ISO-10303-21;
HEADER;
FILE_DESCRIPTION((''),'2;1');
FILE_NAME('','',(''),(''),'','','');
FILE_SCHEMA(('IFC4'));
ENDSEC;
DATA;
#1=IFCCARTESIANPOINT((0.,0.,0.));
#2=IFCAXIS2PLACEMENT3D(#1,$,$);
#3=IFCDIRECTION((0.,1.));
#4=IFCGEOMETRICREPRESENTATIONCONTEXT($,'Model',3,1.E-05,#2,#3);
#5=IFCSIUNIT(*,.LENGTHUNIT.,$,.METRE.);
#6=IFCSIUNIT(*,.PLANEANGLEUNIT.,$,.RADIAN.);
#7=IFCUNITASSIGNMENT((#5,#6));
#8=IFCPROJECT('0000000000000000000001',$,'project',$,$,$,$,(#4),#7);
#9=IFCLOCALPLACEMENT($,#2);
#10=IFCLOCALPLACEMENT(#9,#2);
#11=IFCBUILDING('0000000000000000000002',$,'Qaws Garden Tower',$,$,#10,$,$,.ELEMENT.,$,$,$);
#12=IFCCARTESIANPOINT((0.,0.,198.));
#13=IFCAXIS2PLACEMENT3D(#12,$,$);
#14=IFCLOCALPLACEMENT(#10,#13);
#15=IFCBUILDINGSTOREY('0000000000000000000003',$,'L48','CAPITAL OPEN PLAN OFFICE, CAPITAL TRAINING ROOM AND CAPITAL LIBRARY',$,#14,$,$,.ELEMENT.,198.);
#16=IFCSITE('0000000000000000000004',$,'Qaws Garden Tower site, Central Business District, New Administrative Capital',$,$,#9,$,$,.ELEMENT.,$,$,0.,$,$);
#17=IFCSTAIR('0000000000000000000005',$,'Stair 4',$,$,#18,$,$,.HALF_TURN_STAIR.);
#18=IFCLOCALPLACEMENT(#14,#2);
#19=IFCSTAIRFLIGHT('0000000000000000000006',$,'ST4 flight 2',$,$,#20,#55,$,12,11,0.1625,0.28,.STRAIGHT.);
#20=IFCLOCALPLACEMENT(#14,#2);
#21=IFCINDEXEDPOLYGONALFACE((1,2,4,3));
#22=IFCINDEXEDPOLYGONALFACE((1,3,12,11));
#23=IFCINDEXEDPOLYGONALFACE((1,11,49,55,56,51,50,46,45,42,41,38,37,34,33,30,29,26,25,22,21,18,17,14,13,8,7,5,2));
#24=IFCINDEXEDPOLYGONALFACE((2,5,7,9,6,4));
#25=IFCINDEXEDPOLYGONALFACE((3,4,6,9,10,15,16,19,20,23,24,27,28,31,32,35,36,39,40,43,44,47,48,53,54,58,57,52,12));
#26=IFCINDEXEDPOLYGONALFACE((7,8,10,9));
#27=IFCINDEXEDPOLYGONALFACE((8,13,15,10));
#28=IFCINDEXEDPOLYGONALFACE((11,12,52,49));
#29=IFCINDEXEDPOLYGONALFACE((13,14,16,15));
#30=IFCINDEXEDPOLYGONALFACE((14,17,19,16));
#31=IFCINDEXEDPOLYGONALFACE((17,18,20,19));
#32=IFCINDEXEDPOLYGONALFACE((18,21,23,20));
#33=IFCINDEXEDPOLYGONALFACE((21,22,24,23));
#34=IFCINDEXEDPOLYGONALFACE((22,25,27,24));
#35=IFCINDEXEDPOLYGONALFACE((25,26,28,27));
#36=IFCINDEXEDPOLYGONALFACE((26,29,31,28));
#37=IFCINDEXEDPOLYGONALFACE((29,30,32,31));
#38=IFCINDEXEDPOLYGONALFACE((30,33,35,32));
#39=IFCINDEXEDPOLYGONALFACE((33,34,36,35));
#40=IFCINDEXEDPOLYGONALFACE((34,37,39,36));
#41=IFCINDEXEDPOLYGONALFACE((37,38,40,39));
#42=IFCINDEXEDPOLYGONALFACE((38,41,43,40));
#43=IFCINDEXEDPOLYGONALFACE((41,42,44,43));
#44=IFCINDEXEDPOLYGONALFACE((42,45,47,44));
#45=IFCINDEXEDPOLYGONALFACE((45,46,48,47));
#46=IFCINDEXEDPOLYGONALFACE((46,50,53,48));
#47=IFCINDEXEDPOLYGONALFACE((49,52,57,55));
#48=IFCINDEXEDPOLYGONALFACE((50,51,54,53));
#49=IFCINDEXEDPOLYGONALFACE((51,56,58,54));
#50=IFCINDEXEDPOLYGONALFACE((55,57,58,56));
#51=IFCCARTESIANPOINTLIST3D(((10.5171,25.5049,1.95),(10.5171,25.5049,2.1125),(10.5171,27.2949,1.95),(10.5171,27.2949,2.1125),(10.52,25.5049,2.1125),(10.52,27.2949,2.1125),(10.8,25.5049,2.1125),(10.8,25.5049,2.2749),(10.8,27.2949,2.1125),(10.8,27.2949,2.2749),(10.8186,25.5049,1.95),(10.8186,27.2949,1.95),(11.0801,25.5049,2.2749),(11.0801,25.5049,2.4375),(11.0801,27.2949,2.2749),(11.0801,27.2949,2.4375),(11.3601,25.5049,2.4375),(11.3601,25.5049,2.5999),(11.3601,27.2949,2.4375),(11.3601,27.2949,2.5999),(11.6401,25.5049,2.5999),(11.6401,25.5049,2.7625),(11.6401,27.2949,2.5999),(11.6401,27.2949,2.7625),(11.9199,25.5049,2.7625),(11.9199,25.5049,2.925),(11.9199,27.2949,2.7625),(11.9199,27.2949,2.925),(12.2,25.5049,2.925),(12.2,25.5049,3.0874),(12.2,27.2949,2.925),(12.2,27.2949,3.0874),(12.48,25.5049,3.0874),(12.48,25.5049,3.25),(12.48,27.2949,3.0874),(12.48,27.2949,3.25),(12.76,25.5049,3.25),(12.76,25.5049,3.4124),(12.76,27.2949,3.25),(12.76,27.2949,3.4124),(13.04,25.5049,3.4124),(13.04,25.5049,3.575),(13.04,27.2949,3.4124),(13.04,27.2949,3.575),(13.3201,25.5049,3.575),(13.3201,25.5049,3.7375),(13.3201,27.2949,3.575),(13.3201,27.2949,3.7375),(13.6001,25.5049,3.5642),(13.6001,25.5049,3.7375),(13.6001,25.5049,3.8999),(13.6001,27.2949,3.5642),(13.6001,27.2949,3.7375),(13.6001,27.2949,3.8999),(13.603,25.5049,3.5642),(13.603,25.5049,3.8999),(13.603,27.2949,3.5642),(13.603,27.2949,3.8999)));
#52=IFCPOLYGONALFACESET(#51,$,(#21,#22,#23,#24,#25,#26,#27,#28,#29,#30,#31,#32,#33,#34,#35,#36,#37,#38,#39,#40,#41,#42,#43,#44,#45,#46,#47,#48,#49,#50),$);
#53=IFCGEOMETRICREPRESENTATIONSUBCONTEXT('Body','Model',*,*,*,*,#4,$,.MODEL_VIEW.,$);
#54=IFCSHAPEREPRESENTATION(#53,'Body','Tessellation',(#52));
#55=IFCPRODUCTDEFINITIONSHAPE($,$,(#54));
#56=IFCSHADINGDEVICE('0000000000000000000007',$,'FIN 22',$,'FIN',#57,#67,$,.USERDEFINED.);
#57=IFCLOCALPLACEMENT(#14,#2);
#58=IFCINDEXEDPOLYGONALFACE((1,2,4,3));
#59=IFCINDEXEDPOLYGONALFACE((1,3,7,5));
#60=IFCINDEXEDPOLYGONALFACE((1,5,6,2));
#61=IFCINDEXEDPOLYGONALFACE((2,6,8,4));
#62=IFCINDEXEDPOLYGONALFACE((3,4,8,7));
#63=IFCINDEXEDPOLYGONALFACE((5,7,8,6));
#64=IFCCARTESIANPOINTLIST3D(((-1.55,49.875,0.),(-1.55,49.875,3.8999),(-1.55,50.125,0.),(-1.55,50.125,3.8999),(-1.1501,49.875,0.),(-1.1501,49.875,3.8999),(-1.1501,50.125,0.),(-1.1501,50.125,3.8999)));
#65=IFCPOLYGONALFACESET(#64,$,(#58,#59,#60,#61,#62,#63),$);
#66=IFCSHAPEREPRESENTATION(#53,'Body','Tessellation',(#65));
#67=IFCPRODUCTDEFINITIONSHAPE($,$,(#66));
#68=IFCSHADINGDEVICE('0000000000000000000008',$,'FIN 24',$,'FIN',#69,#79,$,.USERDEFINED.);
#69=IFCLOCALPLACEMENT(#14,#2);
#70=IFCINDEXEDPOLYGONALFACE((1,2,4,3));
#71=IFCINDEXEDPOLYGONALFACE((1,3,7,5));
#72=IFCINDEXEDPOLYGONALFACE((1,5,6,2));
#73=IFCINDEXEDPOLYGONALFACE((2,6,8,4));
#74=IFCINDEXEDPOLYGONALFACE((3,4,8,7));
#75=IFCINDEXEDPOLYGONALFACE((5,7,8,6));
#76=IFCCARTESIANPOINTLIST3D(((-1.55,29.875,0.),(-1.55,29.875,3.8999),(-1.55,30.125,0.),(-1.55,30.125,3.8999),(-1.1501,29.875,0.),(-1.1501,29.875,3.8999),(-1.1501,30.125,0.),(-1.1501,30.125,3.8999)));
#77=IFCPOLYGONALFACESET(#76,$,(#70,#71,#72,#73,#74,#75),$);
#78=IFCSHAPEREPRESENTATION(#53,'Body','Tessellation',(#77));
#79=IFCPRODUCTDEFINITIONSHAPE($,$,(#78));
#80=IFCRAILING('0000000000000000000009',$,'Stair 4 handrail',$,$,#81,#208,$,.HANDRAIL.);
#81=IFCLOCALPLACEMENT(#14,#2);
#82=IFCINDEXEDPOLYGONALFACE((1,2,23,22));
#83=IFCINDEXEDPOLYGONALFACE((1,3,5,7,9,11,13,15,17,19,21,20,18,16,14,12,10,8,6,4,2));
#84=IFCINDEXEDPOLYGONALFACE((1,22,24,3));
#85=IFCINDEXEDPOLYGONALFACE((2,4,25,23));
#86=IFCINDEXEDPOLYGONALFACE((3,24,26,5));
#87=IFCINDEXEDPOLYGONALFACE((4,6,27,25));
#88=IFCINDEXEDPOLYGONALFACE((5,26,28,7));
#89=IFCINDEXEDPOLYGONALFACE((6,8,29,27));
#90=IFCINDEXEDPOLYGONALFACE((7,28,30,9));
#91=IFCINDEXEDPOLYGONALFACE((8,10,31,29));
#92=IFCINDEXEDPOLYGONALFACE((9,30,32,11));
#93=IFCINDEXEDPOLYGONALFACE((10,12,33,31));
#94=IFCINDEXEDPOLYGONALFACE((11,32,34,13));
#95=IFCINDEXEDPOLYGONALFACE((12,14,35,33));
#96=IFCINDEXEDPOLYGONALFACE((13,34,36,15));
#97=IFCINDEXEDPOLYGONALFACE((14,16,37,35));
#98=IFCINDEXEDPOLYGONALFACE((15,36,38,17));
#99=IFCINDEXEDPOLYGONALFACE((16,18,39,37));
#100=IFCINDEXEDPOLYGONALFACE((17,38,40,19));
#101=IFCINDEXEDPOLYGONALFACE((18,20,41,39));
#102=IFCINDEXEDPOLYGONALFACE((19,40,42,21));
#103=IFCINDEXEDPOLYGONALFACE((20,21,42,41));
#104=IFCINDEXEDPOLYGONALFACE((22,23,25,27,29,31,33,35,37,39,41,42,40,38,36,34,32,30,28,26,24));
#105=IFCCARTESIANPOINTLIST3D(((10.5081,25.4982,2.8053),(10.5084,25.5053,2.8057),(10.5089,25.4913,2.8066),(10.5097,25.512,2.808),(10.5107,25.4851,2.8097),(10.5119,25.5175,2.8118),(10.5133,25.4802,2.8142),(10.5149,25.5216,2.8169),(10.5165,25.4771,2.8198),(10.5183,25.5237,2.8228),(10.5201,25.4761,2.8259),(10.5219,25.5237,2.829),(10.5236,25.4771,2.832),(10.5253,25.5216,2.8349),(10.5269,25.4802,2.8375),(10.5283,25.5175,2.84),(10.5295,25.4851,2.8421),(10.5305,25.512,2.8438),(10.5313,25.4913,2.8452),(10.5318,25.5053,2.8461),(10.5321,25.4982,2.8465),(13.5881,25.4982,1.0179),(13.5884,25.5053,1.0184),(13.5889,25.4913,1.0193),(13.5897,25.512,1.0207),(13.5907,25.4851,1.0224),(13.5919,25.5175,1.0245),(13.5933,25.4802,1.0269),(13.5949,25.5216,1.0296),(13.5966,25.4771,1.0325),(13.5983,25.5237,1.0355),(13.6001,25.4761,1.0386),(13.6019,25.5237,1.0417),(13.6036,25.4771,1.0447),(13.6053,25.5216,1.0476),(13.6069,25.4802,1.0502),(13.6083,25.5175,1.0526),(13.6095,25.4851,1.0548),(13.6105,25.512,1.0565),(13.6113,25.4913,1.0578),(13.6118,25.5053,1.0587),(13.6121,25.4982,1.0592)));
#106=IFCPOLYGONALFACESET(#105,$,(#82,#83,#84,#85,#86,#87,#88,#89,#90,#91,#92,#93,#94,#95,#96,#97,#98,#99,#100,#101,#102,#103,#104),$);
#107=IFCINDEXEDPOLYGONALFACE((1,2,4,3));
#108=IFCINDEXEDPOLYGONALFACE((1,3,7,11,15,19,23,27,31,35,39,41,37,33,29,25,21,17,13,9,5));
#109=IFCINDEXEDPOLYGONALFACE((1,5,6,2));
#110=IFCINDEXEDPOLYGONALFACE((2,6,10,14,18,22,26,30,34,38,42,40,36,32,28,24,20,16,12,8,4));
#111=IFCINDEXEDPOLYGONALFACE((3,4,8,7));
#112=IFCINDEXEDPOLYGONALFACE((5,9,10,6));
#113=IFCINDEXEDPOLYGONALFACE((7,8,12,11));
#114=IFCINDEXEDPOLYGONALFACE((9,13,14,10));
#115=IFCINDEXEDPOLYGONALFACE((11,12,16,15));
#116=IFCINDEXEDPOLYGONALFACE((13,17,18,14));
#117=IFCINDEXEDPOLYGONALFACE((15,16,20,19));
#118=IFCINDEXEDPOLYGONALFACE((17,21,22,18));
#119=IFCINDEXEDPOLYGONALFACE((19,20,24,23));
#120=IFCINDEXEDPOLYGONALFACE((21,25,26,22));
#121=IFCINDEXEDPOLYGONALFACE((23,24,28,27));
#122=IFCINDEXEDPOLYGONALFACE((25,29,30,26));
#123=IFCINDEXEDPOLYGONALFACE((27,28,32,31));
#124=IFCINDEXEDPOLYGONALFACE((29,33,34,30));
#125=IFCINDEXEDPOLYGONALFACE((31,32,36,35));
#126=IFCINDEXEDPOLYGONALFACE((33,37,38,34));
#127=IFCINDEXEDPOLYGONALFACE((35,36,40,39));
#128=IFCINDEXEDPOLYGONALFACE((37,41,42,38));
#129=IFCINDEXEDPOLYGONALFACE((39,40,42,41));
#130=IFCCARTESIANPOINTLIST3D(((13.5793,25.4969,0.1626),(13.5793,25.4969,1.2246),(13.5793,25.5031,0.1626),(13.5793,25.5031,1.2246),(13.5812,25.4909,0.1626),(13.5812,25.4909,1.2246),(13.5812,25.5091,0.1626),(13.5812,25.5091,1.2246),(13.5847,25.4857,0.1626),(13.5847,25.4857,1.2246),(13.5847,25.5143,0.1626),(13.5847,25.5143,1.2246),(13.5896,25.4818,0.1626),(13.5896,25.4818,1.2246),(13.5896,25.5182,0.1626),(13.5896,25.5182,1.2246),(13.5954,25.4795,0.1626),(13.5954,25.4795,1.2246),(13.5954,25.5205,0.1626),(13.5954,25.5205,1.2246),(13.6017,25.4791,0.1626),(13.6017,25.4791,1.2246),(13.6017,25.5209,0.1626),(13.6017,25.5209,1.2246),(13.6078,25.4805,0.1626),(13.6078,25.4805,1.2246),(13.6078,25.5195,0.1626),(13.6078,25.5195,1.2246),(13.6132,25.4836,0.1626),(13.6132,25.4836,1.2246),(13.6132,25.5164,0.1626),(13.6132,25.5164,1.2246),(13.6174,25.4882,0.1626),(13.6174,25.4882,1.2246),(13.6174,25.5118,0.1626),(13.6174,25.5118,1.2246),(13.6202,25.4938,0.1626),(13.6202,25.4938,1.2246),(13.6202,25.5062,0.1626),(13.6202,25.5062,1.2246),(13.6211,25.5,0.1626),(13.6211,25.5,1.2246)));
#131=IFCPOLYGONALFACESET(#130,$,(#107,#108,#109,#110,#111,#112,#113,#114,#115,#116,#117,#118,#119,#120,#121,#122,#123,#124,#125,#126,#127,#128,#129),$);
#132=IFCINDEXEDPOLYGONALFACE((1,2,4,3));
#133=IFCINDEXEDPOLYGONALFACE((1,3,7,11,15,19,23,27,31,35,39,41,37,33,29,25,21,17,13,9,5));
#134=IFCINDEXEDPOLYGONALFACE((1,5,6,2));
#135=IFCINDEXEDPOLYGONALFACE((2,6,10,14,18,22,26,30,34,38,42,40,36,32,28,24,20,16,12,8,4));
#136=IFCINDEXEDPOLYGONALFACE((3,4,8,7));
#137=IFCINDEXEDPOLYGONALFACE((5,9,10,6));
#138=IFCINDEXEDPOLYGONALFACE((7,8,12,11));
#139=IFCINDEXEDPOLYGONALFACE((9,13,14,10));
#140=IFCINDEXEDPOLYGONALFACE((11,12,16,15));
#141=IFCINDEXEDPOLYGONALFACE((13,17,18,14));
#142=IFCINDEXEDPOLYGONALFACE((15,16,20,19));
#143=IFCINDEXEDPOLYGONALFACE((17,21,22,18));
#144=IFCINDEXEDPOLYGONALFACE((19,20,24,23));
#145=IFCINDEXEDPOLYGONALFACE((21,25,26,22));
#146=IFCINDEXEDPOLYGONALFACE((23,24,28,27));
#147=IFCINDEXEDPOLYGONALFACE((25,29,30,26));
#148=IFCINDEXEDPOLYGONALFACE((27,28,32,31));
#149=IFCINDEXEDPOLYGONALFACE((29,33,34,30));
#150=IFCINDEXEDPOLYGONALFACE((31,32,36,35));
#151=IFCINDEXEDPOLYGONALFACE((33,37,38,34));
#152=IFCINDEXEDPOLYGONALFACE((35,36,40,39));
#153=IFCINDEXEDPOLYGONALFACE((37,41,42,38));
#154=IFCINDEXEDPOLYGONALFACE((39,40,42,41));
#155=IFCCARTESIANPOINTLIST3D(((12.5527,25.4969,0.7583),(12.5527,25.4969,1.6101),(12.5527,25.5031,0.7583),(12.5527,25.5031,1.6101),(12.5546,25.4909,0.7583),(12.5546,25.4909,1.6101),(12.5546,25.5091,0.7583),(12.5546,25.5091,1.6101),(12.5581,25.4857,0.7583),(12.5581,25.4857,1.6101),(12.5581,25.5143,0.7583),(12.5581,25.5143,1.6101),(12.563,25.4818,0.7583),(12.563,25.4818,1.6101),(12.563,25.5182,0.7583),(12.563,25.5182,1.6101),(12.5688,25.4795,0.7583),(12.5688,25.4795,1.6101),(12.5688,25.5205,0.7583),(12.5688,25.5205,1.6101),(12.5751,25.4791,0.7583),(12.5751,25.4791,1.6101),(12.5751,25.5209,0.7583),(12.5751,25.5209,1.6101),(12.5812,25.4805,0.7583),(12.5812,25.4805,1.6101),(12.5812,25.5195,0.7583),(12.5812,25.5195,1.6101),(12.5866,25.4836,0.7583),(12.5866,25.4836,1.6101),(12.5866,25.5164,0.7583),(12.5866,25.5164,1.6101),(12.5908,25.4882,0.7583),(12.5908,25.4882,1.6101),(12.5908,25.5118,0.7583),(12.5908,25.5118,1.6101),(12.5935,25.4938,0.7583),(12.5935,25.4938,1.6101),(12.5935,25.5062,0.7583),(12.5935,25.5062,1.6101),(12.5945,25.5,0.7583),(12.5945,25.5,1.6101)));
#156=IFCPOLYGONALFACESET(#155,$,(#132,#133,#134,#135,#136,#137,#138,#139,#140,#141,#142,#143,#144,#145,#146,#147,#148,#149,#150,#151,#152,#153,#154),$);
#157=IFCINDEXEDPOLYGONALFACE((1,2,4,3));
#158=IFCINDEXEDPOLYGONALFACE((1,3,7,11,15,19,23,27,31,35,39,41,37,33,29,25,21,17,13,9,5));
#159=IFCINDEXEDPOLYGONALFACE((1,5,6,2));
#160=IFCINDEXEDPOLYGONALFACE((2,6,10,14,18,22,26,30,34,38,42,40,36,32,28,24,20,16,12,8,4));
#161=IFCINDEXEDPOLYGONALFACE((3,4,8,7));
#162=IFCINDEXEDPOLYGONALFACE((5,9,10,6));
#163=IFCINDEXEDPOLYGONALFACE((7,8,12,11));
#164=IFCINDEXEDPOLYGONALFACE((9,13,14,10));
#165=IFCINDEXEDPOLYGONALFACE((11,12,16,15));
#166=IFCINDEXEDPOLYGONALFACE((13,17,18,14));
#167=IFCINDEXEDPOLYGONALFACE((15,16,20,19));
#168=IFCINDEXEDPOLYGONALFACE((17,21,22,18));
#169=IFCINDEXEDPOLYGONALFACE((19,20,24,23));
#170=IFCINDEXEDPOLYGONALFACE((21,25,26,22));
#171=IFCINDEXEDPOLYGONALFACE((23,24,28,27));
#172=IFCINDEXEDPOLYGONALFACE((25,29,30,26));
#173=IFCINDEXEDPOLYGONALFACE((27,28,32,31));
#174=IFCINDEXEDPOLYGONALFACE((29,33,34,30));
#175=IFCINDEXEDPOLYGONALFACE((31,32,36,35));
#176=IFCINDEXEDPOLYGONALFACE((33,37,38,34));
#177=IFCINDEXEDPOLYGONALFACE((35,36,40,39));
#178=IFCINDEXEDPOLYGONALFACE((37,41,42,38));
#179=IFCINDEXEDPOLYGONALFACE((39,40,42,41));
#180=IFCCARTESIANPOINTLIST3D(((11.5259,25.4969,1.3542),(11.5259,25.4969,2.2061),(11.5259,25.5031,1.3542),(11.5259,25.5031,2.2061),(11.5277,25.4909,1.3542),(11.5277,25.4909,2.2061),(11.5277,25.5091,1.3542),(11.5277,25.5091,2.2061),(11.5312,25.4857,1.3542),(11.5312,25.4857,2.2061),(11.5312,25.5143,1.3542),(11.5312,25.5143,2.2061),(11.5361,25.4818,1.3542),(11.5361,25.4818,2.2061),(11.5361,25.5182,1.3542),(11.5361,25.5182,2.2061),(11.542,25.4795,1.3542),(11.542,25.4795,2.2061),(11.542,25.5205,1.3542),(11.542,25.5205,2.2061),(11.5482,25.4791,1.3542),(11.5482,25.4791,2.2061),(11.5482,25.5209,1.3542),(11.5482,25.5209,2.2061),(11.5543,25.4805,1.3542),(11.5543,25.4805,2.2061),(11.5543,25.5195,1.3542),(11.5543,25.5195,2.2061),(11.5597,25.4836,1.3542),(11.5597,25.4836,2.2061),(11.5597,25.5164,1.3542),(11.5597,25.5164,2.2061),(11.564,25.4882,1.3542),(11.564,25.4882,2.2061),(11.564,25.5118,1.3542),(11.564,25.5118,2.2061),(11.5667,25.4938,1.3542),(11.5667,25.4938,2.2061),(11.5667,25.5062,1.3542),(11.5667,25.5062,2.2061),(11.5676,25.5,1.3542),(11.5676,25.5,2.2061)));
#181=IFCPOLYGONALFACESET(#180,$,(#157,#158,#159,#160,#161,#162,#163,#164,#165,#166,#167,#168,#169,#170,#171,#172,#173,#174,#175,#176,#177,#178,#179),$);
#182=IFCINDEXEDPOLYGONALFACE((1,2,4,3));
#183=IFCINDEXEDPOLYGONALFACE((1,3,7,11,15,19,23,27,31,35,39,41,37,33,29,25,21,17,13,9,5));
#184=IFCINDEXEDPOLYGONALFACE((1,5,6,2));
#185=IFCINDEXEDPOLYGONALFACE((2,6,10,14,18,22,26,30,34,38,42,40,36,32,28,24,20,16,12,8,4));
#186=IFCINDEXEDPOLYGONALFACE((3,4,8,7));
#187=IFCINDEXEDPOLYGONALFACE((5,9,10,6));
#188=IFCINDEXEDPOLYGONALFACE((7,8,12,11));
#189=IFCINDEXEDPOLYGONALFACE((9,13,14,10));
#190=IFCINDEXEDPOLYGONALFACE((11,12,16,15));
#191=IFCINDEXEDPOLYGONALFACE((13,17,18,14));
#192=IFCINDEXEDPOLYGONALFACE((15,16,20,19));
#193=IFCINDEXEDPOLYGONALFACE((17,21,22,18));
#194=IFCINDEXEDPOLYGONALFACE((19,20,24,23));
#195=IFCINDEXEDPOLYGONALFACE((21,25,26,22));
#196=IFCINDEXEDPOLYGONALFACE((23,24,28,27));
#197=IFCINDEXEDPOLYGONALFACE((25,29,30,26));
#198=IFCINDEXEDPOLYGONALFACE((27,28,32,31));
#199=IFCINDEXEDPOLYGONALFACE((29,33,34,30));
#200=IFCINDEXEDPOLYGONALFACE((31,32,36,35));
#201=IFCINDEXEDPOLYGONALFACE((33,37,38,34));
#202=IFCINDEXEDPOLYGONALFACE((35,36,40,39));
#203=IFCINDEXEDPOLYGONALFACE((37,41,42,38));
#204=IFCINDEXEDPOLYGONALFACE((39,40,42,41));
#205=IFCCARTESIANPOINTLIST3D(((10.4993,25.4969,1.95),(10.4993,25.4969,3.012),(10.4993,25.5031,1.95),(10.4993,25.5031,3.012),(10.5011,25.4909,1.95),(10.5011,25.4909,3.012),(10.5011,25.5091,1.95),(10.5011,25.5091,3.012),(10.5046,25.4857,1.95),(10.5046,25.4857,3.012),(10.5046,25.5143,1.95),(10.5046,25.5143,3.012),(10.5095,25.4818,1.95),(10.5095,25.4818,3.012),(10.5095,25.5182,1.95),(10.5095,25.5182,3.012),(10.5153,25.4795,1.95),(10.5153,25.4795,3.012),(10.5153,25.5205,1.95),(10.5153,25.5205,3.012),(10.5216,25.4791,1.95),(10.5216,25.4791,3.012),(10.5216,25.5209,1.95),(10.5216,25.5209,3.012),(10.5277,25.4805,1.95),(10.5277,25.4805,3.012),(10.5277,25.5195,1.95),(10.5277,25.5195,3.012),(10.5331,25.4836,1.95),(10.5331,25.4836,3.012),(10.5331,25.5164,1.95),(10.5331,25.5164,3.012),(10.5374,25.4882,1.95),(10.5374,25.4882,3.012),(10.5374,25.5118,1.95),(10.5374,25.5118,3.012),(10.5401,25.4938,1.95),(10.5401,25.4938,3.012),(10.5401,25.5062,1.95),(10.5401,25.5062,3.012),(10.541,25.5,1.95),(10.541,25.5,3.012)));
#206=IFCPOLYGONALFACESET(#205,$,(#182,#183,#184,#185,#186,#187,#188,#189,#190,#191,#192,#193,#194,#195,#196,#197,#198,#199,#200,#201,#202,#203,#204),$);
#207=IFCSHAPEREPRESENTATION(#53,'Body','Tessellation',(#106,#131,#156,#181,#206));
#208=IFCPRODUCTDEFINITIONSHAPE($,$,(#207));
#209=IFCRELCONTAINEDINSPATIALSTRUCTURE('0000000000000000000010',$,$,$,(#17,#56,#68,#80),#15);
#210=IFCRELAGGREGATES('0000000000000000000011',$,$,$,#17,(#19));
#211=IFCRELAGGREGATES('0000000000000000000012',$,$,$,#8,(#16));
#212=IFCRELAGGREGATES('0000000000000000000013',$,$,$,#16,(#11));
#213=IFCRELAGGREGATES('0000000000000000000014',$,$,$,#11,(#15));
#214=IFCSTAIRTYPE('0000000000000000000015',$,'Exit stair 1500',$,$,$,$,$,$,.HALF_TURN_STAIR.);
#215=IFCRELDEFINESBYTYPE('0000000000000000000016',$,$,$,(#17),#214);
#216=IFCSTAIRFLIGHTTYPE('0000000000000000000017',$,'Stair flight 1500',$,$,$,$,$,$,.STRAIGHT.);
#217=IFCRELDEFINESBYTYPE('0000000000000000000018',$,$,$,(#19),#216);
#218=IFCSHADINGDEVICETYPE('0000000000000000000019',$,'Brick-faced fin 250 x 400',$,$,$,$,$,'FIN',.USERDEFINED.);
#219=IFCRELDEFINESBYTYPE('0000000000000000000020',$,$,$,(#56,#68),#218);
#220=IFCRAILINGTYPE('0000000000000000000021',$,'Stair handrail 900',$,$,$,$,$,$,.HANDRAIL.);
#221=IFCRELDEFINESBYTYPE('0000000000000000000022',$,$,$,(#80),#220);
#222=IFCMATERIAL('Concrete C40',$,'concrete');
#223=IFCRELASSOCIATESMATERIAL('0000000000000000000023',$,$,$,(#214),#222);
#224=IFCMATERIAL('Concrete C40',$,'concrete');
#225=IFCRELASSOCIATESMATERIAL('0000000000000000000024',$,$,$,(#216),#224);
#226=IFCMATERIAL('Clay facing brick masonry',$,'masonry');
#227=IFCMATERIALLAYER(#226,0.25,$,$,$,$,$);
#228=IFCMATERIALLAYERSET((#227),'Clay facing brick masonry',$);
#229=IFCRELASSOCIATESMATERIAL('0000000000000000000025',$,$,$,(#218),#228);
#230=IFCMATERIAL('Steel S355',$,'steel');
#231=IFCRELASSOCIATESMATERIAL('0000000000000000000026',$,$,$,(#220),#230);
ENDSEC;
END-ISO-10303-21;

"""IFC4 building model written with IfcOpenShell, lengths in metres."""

from ifc_helpers import new_model, si_unit, direction, frame, origin, origin_2d, place, context, subcontext, project, spatial, polyline, rectangle, circle, outline, extrude, material, layer, layer_set, type_object, element, aggregate, save


model = new_model("IFC4")

# Units and contexts
model_context = context("Model", 3, precision=1e-05, world=origin(), true_north=direction((0.0, 1.0)))
body_context = subcontext(model_context, "Body", "Model", "MODEL_VIEW")
ifc_project = project(units=[si_unit("LENGTHUNIT", "METRE"), si_unit("PLANEANGLEUNIT", "RADIAN")], contexts=[model_context])

# Site, building, storey
site_placement = place(None, origin())
site = spatial("IfcSite", under=ifc_project, at=site_placement, Name="Qaws Garden Tower site, Central Business District, New Administrative Capital", CompositionType="ELEMENT", RefElevation=0.0)
building_placement = place(site_placement, origin())
building = spatial("IfcBuilding", under=site, at=building_placement, Name="Qaws Garden Tower", CompositionType="ELEMENT")
storey_placement = place(building_placement, frame((0.0, 0.0, 198.0)))
storey = spatial("IfcBuildingStorey", under=building, at=storey_placement, Name="L48", Description="CAPITAL OPEN PLAN OFFICE, CAPITAL TRAINING ROOM AND CAPITAL LIBRARY", CompositionType="ELEMENT", Elevation=198.0)

# Stair, stair flight
ifc_material_1 = material(Name="Concrete C40", Category="concrete")
stair_type = type_object("IfcStairType", Name="Exit stair 1500", PredefinedType="HALF_TURN_STAIR", material=ifc_material_1)
stair_placement = place(storey_placement, origin())
stair = element("IfcStair", 1, at=stair_placement, inside=storey, type_object=stair_type, Name="Stair 4", PredefinedType="HALF_TURN_STAIR")
ifc_material_2 = material(Name="Concrete C40", Category="concrete")
stair_flight_type = type_object("IfcStairFlightType", Name="Stair flight 1500", PredefinedType="STRAIGHT", material=ifc_material_2)
stair_flight_placement = place(storey_placement, frame((10.52, 26.3999, 1.95), z_axis=(0.0, 0.0, 1.0), x_axis=(1.0, 0.0, 0.0)))
stair_flight = element("IfcStairFlight", 2, at=stair_flight_placement, type_object=stair_flight_type, Name="ST4 flight 2", NumberOfRisers=12, NumberOfTreads=11, PredefinedType="STRAIGHT", RiserHeight=0.1625, TreadLength=0.28, context=body_context, shape_type="SweptSolid", body=[
    extrude(outline(polyline([(-0.0029, 0.0), (-0.0029, 0.1626), (0.0, 0.1626), (0.28, 0.1626), (0.28, 0.325), (0.5601, 0.325), (0.5601, 0.4875), (0.8401, 0.4875), (0.8401, 0.6499), (1.1201, 0.6499), (1.1201, 0.8125), (1.3999, 0.8125), (1.3999, 0.9751), (1.6799, 0.9751), (1.6799, 1.1375), (1.96, 1.1375), (1.96, 1.3), (2.24, 1.3), (2.24, 1.4624), (2.52, 1.4624), (2.52, 1.625), (2.8, 1.625), (2.8, 1.7876), (3.0801, 1.7876), (3.0801, 1.95), (3.083, 1.95), (3.083, 1.6143), (3.0801, 1.6143), (0.2986, 0.0), (-0.0029, 0.0)])), frame((0.0, 0.895, 0.0), z_axis=(0.0, -1.0, 0.0), x_axis=(1.0, 0.0, 0.0)), (0.0, 0.0, 1.0), 1.79),
])
aggregate(stair, [stair_flight])

# Shading devices
ifc_material_3 = material(Name="Clay facing brick masonry", Category="masonry")
ifc_layer_1 = layer(ifc_material_3, 0.25)
ifc_layer_set_1 = layer_set([ifc_layer_1], Name="Clay facing brick masonry")
shading_device_type = type_object("IfcShadingDeviceType", Name="Brick-faced fin 250 x 400", ElementType="FIN", PredefinedType="USERDEFINED", material=ifc_layer_set_1)
for number, where, z_axis, x_axis, name in (
    (3, (-1.3501, 50.0, 0.0), (0.0, 0.0, 1.0), (0.0, -1.0, 0.0), "FIN 22"),
    (4, (-1.3501, 30.0, 0.0), (0.0, 0.0, 1.0), (0.0, -1.0, 0.0), "FIN 24"),
):
    element("IfcShadingDevice", number, at=place(storey_placement, frame(where, z_axis=z_axis, x_axis=x_axis)), inside=storey, type_object=shading_device_type, Name=name, ObjectType="FIN", PredefinedType="USERDEFINED", context=body_context, shape_type="SweptSolid", body=[
        extrude(rectangle(XDim=0.25, YDim=0.3999, at=origin_2d()), origin(), (0.0, 0.0, 1.0), 3.8999),
    ])

# Railing
ifc_material_4 = material(Name="Steel S355", Category="steel")
railing_type = type_object("IfcRailingType", Name="Stair handrail 900", PredefinedType="HANDRAIL", material=ifc_material_4)
railing_1_placement = place(storey_placement, frame((13.6001, 25.5, 0.1626)))
element("IfcRailing", 5, at=railing_1_placement, inside=storey, type_object=railing_type, Name="Stair 4 handrail", PredefinedType="HANDRAIL", context=body_context, shape_type="SweptSolid", body=[
    extrude(circle(Radius=0.0239, at=origin_2d()), frame((0.0, 0.0, 0.876), z_axis=(-0.86492, 0.0, 0.501909), x_axis=(0.0, -1.0, 0.0)), (0.0, 0.0, 1.0), 3.561),
    extrude(circle(Radius=0.021, at=origin_2d()), origin(), (0.0, 0.0, 1.0), 1.062),
    extrude(circle(Radius=0.021, at=origin_2d()), frame((-1.0266, 0.0, 0.5957)), (0.0, 0.0, 1.0), 0.8518),
    extrude(circle(Radius=0.021, at=origin_2d()), frame((-2.0535, 0.0, 1.1917)), (0.0, 0.0, 1.0), 0.8518),
    extrude(circle(Radius=0.021, at=origin_2d()), frame((-3.0801, 0.0, 1.7874)), (0.0, 0.0, 1.0), 1.062),
])

save(model, "model.ifc")
